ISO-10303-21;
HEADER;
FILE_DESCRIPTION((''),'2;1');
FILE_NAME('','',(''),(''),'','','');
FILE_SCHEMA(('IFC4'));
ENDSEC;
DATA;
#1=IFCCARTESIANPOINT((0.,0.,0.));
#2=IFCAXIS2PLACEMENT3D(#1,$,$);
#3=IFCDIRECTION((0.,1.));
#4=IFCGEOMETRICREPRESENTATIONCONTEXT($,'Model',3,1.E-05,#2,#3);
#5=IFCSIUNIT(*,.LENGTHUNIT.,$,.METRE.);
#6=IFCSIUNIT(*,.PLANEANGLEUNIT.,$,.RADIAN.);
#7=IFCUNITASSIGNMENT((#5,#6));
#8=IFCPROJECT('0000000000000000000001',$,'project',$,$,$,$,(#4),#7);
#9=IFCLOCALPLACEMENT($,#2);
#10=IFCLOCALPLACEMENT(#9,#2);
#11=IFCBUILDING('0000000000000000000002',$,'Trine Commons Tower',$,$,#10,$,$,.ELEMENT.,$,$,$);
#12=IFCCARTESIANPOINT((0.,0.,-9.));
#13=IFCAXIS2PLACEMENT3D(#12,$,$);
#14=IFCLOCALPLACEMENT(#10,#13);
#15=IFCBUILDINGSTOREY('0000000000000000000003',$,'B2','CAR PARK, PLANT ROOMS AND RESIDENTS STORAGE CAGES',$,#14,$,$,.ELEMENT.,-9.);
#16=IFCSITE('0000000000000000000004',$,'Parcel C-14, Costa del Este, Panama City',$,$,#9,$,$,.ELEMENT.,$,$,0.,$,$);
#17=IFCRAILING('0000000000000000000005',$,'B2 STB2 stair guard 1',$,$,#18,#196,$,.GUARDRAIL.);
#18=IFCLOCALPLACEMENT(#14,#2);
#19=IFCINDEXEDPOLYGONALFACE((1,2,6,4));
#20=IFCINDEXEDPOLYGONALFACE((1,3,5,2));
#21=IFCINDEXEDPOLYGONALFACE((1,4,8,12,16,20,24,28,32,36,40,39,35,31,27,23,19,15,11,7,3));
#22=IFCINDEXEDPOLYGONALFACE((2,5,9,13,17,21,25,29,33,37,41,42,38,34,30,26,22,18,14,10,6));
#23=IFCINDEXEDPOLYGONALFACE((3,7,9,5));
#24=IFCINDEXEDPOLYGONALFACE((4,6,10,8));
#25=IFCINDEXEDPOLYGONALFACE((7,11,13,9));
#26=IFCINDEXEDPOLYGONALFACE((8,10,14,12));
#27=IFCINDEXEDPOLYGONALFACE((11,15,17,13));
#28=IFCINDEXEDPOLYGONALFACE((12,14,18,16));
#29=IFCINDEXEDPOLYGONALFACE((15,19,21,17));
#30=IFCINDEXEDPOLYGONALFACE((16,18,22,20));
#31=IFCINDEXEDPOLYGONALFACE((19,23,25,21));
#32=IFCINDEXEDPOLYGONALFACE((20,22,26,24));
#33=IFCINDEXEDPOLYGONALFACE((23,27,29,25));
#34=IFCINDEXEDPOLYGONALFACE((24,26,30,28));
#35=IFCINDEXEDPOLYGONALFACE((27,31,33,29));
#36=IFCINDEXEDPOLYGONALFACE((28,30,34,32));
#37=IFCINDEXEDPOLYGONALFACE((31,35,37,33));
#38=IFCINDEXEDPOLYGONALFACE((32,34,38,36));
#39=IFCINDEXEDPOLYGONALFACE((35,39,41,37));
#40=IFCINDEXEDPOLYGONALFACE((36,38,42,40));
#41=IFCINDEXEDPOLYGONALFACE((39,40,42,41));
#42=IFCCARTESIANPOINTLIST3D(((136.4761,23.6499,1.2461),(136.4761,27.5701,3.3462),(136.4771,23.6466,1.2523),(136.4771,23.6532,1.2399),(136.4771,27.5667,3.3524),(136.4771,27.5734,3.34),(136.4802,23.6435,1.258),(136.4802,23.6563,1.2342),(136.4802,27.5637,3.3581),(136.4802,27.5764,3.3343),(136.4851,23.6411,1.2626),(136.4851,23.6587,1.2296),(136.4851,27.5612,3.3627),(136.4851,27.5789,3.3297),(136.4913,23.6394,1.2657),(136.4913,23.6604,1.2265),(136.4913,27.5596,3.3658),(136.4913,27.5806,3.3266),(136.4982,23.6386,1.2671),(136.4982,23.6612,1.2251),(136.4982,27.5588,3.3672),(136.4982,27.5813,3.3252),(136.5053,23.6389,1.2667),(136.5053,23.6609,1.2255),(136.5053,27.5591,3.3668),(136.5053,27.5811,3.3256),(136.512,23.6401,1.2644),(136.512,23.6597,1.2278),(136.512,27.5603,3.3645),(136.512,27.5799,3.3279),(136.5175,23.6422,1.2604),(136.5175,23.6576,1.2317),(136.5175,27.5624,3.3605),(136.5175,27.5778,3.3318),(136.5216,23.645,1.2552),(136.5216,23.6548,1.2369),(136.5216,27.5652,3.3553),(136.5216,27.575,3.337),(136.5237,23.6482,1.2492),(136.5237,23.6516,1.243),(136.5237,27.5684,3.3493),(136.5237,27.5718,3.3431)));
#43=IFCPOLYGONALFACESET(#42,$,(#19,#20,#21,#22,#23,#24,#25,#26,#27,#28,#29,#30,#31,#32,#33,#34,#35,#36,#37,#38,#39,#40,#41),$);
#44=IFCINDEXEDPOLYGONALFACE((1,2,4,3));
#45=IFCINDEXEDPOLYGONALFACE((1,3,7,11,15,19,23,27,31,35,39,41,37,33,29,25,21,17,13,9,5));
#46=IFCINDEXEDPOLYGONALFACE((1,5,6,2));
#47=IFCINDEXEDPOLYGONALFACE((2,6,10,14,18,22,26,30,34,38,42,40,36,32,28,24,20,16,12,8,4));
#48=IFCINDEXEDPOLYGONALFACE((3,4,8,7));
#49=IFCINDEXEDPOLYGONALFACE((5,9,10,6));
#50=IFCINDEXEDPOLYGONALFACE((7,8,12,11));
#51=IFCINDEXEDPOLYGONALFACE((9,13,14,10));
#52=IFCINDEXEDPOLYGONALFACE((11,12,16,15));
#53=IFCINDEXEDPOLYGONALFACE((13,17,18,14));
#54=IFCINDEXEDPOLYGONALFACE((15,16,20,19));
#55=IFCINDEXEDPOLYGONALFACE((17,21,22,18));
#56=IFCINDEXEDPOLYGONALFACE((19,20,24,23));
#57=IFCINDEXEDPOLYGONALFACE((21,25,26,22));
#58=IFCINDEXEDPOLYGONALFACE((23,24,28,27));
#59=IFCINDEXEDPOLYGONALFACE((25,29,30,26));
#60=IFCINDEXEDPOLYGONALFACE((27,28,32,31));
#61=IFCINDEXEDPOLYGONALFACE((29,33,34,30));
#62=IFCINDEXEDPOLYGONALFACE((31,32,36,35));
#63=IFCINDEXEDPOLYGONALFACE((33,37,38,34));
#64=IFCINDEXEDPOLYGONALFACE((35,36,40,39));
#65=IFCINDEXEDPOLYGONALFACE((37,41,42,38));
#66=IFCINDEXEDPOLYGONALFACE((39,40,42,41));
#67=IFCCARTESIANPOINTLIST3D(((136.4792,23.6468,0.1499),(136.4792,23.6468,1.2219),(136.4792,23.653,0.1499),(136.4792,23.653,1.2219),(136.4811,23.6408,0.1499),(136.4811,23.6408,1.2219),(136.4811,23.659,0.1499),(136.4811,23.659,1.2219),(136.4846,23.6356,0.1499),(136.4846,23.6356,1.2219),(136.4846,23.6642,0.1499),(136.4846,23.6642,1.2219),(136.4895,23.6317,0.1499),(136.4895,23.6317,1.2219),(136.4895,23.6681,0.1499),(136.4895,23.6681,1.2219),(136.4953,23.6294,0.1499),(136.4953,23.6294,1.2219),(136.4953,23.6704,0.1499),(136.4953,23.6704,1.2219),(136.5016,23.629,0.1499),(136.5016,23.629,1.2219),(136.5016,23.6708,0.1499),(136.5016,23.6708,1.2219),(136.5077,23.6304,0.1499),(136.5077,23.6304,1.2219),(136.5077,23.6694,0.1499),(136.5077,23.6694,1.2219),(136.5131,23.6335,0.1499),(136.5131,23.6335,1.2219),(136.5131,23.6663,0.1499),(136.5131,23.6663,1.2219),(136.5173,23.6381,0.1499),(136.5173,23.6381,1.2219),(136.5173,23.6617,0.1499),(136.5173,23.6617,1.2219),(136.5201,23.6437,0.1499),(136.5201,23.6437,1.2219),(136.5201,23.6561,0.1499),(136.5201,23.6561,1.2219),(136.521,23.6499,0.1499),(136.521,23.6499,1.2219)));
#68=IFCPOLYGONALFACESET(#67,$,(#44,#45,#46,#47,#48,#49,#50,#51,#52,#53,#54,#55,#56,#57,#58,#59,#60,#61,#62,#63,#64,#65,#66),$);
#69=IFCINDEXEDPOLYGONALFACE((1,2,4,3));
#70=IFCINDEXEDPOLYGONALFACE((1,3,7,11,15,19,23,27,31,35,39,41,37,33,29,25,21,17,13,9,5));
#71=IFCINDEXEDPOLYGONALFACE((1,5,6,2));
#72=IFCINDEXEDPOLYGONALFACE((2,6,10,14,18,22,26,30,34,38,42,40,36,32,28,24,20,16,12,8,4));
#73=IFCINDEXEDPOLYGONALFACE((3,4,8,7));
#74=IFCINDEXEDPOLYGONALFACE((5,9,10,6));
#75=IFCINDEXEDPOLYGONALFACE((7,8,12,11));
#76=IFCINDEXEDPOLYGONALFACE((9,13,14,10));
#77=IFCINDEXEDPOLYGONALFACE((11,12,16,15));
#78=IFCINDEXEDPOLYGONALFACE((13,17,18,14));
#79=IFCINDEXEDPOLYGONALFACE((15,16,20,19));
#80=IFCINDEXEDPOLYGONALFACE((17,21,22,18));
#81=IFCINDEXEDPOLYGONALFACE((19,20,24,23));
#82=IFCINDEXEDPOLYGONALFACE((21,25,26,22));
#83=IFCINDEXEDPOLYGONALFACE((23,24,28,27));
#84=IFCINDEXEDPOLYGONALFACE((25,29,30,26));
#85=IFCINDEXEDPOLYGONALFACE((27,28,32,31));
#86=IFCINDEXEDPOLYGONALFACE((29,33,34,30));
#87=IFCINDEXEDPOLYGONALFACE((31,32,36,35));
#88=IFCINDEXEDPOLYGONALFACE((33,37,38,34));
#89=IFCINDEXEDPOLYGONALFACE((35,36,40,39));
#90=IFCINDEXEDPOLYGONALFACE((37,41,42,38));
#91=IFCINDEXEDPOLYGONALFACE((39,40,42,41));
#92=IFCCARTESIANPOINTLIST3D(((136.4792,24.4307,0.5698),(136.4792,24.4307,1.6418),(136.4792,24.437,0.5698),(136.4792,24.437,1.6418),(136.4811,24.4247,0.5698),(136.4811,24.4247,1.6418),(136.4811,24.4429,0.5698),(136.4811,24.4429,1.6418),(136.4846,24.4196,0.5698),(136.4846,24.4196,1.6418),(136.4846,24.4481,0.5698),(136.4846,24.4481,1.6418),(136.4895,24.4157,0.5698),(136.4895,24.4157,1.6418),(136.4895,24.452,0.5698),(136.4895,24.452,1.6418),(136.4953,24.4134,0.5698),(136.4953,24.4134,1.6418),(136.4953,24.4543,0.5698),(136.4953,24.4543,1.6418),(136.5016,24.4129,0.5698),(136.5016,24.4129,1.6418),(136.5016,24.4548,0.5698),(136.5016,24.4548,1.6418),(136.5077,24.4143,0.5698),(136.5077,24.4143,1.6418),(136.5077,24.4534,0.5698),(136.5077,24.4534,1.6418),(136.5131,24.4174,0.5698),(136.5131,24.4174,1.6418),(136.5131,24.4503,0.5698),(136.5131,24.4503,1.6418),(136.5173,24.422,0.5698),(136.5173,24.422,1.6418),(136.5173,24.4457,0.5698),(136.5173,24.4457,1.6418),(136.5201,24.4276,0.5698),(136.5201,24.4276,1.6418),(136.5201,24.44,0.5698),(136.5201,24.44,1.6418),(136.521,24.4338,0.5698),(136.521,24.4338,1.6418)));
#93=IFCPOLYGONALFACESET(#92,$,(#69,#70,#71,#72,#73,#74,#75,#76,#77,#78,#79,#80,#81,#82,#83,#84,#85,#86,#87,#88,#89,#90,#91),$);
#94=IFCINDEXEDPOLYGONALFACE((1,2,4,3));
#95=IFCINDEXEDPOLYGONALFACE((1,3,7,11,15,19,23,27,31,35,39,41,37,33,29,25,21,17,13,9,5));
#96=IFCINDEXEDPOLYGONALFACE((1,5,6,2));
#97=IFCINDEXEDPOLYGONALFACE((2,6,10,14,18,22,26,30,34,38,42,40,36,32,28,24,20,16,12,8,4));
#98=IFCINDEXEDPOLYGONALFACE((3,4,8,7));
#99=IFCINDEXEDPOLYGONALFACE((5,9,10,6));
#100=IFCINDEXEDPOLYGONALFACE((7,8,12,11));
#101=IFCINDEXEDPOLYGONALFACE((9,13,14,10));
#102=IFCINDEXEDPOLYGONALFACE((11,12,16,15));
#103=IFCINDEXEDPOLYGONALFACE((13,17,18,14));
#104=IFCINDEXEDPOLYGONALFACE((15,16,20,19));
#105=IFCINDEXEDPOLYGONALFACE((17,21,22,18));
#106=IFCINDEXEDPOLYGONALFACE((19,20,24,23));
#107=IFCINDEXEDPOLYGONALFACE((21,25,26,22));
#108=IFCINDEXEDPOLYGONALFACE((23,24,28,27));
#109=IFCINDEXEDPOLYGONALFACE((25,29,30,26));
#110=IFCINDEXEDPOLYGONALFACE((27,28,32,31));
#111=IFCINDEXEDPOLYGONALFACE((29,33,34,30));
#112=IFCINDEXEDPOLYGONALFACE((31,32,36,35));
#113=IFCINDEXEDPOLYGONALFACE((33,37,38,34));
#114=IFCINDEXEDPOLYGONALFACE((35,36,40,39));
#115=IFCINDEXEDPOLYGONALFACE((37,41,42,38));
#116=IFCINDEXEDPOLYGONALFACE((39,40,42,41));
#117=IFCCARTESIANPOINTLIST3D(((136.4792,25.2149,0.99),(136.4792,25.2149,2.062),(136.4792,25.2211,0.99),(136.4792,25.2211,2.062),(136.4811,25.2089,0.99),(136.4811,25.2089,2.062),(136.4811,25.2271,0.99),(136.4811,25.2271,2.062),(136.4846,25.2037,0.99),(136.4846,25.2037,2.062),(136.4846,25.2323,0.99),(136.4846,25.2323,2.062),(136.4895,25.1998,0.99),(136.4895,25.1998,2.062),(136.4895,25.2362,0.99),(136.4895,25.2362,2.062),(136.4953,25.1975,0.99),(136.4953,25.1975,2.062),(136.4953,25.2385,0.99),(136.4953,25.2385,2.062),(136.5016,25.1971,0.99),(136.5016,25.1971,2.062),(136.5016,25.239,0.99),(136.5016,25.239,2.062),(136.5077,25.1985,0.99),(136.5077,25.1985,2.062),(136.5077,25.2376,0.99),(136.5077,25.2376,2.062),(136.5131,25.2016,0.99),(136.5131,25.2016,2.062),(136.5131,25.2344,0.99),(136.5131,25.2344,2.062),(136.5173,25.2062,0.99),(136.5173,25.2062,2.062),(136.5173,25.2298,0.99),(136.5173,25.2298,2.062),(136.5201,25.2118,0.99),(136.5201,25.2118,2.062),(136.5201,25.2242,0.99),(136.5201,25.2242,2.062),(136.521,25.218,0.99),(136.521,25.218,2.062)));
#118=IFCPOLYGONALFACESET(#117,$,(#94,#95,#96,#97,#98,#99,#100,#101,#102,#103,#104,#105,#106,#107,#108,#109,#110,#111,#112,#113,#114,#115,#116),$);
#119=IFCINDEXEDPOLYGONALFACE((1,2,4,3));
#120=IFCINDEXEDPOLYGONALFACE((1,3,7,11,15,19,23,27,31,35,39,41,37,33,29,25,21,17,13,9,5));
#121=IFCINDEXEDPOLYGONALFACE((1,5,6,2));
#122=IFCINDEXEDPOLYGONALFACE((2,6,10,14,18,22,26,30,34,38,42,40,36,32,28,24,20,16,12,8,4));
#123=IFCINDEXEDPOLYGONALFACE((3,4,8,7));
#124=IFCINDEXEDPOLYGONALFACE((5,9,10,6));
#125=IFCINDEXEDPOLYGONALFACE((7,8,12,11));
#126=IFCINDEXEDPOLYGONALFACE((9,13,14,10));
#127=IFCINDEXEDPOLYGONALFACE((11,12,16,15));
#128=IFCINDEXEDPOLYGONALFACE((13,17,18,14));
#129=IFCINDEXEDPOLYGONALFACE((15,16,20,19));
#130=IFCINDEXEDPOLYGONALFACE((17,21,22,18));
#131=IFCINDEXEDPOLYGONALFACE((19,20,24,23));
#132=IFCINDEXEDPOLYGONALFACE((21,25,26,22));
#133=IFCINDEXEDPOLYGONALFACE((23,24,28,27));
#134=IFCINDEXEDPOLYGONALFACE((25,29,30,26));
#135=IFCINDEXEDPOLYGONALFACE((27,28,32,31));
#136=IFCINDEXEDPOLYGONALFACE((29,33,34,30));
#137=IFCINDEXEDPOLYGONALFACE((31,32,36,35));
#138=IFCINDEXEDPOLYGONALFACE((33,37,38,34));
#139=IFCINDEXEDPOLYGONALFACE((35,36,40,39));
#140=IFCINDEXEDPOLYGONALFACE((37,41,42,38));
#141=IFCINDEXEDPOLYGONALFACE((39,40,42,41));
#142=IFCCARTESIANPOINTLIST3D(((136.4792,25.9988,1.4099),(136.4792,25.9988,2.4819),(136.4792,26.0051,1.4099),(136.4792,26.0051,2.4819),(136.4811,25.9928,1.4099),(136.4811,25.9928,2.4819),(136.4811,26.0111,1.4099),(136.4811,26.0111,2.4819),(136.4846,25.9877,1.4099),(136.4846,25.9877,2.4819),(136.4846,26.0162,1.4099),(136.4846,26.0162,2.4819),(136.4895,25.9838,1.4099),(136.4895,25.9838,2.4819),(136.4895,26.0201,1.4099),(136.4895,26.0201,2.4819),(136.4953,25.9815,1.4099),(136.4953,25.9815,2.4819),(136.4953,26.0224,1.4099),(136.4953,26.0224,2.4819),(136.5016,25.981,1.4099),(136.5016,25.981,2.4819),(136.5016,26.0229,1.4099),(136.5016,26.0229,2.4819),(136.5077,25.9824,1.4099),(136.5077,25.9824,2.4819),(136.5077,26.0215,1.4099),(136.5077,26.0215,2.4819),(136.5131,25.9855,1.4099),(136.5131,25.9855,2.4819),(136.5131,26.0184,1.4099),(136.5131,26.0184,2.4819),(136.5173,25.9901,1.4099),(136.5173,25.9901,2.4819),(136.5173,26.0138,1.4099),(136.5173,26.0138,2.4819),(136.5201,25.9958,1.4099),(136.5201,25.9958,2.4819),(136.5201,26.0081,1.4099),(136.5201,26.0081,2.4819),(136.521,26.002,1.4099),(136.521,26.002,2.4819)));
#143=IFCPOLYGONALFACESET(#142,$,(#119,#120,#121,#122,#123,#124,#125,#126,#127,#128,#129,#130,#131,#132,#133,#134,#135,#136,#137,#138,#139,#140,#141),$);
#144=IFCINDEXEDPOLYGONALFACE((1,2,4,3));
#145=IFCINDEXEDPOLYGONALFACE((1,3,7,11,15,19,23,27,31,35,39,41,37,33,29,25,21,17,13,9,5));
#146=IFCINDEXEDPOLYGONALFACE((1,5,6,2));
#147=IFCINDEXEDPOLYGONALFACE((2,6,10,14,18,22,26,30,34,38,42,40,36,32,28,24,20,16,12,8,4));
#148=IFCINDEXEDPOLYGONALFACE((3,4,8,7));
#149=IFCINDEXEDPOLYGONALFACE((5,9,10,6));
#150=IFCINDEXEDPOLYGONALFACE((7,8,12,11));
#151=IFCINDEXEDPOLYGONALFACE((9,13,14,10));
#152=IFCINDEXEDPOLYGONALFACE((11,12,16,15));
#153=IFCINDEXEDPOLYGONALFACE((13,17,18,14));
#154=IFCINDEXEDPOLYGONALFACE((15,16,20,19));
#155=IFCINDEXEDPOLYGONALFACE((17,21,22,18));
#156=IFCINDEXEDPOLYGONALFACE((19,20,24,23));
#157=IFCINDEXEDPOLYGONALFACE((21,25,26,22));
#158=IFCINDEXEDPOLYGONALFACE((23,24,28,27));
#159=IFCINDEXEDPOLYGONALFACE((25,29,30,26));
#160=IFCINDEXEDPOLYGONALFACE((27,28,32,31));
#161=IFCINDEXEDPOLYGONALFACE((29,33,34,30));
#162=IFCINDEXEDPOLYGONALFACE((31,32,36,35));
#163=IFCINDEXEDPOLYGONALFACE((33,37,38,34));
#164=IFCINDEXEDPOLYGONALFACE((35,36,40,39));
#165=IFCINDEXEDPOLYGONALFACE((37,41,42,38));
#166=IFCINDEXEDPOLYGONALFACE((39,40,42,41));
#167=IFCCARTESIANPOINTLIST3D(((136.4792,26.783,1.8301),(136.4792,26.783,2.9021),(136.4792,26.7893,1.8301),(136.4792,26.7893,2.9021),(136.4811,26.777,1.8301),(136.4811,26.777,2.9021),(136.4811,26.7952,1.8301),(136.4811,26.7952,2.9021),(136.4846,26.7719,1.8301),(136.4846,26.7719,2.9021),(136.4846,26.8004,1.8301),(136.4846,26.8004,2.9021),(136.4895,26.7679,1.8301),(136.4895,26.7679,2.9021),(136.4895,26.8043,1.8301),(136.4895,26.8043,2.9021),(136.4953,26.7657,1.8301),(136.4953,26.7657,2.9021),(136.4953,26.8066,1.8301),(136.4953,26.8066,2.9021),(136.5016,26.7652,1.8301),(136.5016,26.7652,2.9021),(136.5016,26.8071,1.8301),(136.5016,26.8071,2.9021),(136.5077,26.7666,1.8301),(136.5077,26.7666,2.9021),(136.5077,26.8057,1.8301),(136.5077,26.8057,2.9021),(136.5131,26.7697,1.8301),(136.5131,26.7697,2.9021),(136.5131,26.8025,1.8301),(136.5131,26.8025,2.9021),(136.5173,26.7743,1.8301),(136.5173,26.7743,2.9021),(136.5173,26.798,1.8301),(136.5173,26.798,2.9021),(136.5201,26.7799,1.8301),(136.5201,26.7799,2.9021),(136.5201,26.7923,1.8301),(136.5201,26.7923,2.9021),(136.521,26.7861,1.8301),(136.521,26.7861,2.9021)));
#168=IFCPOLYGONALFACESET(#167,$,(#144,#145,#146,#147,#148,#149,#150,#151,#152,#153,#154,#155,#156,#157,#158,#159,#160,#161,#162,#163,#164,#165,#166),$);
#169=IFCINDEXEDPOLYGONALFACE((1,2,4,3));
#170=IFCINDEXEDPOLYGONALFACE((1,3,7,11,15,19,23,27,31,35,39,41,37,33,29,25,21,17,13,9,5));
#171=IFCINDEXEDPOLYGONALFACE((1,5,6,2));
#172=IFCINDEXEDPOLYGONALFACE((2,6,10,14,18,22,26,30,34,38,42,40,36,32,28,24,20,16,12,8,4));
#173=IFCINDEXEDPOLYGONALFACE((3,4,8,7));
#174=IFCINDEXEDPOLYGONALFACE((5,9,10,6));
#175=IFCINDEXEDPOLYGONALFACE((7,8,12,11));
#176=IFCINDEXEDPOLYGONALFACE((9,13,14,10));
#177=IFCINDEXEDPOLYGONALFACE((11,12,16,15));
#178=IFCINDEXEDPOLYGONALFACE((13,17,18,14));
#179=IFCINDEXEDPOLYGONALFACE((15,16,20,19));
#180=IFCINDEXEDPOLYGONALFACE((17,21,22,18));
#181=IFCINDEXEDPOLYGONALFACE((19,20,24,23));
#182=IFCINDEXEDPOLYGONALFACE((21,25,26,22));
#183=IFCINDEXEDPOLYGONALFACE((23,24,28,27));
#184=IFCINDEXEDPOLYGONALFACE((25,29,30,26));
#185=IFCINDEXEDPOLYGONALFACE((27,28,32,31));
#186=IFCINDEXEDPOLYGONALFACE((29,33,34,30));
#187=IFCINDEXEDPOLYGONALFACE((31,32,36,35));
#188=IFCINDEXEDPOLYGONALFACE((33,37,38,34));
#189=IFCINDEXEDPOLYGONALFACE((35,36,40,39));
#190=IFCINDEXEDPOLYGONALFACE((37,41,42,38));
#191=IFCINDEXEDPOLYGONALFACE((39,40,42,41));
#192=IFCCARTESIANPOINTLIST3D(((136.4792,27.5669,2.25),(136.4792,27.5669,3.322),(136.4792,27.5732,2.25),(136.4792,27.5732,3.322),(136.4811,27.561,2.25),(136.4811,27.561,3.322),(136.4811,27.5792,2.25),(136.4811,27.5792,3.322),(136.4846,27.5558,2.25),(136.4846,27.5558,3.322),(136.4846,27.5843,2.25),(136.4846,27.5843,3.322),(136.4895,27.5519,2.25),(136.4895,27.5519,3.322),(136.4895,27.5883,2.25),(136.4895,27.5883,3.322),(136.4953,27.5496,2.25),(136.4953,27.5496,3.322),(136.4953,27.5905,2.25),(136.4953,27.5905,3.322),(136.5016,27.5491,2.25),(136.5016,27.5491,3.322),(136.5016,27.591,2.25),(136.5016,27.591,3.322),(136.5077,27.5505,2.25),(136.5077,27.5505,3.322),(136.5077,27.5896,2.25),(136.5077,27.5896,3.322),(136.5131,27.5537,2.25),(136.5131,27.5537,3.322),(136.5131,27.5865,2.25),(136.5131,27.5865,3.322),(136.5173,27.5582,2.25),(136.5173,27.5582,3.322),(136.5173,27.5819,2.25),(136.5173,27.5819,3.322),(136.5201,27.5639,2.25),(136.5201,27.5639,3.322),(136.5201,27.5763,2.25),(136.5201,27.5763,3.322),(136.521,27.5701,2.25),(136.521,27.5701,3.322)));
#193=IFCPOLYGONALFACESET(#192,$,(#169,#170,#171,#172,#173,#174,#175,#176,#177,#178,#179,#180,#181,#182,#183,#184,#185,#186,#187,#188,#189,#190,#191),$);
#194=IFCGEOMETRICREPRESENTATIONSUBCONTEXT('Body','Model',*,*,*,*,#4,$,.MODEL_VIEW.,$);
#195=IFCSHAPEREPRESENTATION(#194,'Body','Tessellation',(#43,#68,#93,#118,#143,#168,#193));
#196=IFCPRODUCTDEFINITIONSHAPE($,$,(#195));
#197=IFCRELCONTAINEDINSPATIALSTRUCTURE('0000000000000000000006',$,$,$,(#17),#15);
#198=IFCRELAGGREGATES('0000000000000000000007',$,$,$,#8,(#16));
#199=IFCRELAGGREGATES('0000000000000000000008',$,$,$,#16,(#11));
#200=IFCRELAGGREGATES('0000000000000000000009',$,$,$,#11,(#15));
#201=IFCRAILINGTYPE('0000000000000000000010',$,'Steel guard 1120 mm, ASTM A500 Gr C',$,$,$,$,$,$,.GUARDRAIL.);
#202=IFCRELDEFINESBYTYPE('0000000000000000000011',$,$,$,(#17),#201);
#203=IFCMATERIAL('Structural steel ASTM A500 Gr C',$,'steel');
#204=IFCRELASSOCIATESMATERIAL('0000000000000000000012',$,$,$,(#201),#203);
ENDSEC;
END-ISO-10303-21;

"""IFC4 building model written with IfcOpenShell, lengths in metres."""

from ifc_helpers import new_model, si_unit, direction, frame, origin, origin_2d, place, context, subcontext, project, spatial, circle, extrude, material, type_object, element, save


model = new_model("IFC4")

# Units and contexts
model_context = context("Model", 3, precision=1e-05, world=origin(), true_north=direction((0.0, 1.0)))
body_context = subcontext(model_context, "Body", "Model", "MODEL_VIEW")
ifc_project = project(units=[si_unit("LENGTHUNIT", "METRE"), si_unit("PLANEANGLEUNIT", "RADIAN")], contexts=[model_context])

# Site, building, storey
site_placement = place(None, origin())
site = spatial("IfcSite", under=ifc_project, at=site_placement, Name="Parcel C-14, Costa del Este, Panama City", CompositionType="ELEMENT", RefElevation=0.0)
building_placement = place(site_placement, origin())
building = spatial("IfcBuilding", under=site, at=building_placement, Name="Trine Commons Tower", CompositionType="ELEMENT")
storey_placement = place(building_placement, frame((0.0, 0.0, -9.0)))
storey = spatial("IfcBuildingStorey", under=building, at=storey_placement, Name="B2", Description="CAR PARK, PLANT ROOMS AND RESIDENTS STORAGE CAGES", CompositionType="ELEMENT", Elevation=-9.0)

# Railing
ifc_material_1 = material(Name="Structural steel ASTM A500 Gr C", Category="steel")
railing_type_1 = type_object("IfcRailingType", Name="Steel guard 1120 mm, ASTM A500 Gr C", PredefinedType="GUARDRAIL", material=ifc_material_1)
railing_1_placement = place(storey_placement, frame((136.5, 23.6499, 0.1499)))
element("IfcRailing", 1, at=railing_1_placement, inside=storey, type_object=railing_type_1, Name="B2 STB2 stair guard 1", PredefinedType="GUARDRAIL", context=body_context, shape_type="SweptSolid", body=[
    extrude(circle(Radius=0.0239, at=origin_2d()), frame((0.0, 0.0, 1.0962), z_axis=(0.0, 0.881479, 0.472223), x_axis=(-1.0, 0.0, 0.0)), (0.0, 0.0, 1.0), 4.4473),
    extrude(circle(Radius=0.021, at=origin_2d()), origin(), (0.0, 0.0, 1.0), 1.072),
    extrude(circle(Radius=0.021, at=origin_2d()), frame((0.0, 0.7839, 0.4199)), (0.0, 0.0, 1.0), 1.072),
    extrude(circle(Radius=0.021, at=origin_2d()), frame((0.0, 1.5681, 0.8401)), (0.0, 0.0, 1.0), 1.072),
    extrude(circle(Radius=0.021, at=origin_2d()), frame((0.0, 2.3521, 1.26)), (0.0, 0.0, 1.0), 1.072),
    extrude(circle(Radius=0.021, at=origin_2d()), frame((0.0, 3.1362, 1.6802)), (0.0, 0.0, 1.0), 1.072),
    extrude(circle(Radius=0.021, at=origin_2d()), frame((0.0, 3.9202, 2.1001)), (0.0, 0.0, 1.0), 1.072),
])

save(model, "model.ifc")
